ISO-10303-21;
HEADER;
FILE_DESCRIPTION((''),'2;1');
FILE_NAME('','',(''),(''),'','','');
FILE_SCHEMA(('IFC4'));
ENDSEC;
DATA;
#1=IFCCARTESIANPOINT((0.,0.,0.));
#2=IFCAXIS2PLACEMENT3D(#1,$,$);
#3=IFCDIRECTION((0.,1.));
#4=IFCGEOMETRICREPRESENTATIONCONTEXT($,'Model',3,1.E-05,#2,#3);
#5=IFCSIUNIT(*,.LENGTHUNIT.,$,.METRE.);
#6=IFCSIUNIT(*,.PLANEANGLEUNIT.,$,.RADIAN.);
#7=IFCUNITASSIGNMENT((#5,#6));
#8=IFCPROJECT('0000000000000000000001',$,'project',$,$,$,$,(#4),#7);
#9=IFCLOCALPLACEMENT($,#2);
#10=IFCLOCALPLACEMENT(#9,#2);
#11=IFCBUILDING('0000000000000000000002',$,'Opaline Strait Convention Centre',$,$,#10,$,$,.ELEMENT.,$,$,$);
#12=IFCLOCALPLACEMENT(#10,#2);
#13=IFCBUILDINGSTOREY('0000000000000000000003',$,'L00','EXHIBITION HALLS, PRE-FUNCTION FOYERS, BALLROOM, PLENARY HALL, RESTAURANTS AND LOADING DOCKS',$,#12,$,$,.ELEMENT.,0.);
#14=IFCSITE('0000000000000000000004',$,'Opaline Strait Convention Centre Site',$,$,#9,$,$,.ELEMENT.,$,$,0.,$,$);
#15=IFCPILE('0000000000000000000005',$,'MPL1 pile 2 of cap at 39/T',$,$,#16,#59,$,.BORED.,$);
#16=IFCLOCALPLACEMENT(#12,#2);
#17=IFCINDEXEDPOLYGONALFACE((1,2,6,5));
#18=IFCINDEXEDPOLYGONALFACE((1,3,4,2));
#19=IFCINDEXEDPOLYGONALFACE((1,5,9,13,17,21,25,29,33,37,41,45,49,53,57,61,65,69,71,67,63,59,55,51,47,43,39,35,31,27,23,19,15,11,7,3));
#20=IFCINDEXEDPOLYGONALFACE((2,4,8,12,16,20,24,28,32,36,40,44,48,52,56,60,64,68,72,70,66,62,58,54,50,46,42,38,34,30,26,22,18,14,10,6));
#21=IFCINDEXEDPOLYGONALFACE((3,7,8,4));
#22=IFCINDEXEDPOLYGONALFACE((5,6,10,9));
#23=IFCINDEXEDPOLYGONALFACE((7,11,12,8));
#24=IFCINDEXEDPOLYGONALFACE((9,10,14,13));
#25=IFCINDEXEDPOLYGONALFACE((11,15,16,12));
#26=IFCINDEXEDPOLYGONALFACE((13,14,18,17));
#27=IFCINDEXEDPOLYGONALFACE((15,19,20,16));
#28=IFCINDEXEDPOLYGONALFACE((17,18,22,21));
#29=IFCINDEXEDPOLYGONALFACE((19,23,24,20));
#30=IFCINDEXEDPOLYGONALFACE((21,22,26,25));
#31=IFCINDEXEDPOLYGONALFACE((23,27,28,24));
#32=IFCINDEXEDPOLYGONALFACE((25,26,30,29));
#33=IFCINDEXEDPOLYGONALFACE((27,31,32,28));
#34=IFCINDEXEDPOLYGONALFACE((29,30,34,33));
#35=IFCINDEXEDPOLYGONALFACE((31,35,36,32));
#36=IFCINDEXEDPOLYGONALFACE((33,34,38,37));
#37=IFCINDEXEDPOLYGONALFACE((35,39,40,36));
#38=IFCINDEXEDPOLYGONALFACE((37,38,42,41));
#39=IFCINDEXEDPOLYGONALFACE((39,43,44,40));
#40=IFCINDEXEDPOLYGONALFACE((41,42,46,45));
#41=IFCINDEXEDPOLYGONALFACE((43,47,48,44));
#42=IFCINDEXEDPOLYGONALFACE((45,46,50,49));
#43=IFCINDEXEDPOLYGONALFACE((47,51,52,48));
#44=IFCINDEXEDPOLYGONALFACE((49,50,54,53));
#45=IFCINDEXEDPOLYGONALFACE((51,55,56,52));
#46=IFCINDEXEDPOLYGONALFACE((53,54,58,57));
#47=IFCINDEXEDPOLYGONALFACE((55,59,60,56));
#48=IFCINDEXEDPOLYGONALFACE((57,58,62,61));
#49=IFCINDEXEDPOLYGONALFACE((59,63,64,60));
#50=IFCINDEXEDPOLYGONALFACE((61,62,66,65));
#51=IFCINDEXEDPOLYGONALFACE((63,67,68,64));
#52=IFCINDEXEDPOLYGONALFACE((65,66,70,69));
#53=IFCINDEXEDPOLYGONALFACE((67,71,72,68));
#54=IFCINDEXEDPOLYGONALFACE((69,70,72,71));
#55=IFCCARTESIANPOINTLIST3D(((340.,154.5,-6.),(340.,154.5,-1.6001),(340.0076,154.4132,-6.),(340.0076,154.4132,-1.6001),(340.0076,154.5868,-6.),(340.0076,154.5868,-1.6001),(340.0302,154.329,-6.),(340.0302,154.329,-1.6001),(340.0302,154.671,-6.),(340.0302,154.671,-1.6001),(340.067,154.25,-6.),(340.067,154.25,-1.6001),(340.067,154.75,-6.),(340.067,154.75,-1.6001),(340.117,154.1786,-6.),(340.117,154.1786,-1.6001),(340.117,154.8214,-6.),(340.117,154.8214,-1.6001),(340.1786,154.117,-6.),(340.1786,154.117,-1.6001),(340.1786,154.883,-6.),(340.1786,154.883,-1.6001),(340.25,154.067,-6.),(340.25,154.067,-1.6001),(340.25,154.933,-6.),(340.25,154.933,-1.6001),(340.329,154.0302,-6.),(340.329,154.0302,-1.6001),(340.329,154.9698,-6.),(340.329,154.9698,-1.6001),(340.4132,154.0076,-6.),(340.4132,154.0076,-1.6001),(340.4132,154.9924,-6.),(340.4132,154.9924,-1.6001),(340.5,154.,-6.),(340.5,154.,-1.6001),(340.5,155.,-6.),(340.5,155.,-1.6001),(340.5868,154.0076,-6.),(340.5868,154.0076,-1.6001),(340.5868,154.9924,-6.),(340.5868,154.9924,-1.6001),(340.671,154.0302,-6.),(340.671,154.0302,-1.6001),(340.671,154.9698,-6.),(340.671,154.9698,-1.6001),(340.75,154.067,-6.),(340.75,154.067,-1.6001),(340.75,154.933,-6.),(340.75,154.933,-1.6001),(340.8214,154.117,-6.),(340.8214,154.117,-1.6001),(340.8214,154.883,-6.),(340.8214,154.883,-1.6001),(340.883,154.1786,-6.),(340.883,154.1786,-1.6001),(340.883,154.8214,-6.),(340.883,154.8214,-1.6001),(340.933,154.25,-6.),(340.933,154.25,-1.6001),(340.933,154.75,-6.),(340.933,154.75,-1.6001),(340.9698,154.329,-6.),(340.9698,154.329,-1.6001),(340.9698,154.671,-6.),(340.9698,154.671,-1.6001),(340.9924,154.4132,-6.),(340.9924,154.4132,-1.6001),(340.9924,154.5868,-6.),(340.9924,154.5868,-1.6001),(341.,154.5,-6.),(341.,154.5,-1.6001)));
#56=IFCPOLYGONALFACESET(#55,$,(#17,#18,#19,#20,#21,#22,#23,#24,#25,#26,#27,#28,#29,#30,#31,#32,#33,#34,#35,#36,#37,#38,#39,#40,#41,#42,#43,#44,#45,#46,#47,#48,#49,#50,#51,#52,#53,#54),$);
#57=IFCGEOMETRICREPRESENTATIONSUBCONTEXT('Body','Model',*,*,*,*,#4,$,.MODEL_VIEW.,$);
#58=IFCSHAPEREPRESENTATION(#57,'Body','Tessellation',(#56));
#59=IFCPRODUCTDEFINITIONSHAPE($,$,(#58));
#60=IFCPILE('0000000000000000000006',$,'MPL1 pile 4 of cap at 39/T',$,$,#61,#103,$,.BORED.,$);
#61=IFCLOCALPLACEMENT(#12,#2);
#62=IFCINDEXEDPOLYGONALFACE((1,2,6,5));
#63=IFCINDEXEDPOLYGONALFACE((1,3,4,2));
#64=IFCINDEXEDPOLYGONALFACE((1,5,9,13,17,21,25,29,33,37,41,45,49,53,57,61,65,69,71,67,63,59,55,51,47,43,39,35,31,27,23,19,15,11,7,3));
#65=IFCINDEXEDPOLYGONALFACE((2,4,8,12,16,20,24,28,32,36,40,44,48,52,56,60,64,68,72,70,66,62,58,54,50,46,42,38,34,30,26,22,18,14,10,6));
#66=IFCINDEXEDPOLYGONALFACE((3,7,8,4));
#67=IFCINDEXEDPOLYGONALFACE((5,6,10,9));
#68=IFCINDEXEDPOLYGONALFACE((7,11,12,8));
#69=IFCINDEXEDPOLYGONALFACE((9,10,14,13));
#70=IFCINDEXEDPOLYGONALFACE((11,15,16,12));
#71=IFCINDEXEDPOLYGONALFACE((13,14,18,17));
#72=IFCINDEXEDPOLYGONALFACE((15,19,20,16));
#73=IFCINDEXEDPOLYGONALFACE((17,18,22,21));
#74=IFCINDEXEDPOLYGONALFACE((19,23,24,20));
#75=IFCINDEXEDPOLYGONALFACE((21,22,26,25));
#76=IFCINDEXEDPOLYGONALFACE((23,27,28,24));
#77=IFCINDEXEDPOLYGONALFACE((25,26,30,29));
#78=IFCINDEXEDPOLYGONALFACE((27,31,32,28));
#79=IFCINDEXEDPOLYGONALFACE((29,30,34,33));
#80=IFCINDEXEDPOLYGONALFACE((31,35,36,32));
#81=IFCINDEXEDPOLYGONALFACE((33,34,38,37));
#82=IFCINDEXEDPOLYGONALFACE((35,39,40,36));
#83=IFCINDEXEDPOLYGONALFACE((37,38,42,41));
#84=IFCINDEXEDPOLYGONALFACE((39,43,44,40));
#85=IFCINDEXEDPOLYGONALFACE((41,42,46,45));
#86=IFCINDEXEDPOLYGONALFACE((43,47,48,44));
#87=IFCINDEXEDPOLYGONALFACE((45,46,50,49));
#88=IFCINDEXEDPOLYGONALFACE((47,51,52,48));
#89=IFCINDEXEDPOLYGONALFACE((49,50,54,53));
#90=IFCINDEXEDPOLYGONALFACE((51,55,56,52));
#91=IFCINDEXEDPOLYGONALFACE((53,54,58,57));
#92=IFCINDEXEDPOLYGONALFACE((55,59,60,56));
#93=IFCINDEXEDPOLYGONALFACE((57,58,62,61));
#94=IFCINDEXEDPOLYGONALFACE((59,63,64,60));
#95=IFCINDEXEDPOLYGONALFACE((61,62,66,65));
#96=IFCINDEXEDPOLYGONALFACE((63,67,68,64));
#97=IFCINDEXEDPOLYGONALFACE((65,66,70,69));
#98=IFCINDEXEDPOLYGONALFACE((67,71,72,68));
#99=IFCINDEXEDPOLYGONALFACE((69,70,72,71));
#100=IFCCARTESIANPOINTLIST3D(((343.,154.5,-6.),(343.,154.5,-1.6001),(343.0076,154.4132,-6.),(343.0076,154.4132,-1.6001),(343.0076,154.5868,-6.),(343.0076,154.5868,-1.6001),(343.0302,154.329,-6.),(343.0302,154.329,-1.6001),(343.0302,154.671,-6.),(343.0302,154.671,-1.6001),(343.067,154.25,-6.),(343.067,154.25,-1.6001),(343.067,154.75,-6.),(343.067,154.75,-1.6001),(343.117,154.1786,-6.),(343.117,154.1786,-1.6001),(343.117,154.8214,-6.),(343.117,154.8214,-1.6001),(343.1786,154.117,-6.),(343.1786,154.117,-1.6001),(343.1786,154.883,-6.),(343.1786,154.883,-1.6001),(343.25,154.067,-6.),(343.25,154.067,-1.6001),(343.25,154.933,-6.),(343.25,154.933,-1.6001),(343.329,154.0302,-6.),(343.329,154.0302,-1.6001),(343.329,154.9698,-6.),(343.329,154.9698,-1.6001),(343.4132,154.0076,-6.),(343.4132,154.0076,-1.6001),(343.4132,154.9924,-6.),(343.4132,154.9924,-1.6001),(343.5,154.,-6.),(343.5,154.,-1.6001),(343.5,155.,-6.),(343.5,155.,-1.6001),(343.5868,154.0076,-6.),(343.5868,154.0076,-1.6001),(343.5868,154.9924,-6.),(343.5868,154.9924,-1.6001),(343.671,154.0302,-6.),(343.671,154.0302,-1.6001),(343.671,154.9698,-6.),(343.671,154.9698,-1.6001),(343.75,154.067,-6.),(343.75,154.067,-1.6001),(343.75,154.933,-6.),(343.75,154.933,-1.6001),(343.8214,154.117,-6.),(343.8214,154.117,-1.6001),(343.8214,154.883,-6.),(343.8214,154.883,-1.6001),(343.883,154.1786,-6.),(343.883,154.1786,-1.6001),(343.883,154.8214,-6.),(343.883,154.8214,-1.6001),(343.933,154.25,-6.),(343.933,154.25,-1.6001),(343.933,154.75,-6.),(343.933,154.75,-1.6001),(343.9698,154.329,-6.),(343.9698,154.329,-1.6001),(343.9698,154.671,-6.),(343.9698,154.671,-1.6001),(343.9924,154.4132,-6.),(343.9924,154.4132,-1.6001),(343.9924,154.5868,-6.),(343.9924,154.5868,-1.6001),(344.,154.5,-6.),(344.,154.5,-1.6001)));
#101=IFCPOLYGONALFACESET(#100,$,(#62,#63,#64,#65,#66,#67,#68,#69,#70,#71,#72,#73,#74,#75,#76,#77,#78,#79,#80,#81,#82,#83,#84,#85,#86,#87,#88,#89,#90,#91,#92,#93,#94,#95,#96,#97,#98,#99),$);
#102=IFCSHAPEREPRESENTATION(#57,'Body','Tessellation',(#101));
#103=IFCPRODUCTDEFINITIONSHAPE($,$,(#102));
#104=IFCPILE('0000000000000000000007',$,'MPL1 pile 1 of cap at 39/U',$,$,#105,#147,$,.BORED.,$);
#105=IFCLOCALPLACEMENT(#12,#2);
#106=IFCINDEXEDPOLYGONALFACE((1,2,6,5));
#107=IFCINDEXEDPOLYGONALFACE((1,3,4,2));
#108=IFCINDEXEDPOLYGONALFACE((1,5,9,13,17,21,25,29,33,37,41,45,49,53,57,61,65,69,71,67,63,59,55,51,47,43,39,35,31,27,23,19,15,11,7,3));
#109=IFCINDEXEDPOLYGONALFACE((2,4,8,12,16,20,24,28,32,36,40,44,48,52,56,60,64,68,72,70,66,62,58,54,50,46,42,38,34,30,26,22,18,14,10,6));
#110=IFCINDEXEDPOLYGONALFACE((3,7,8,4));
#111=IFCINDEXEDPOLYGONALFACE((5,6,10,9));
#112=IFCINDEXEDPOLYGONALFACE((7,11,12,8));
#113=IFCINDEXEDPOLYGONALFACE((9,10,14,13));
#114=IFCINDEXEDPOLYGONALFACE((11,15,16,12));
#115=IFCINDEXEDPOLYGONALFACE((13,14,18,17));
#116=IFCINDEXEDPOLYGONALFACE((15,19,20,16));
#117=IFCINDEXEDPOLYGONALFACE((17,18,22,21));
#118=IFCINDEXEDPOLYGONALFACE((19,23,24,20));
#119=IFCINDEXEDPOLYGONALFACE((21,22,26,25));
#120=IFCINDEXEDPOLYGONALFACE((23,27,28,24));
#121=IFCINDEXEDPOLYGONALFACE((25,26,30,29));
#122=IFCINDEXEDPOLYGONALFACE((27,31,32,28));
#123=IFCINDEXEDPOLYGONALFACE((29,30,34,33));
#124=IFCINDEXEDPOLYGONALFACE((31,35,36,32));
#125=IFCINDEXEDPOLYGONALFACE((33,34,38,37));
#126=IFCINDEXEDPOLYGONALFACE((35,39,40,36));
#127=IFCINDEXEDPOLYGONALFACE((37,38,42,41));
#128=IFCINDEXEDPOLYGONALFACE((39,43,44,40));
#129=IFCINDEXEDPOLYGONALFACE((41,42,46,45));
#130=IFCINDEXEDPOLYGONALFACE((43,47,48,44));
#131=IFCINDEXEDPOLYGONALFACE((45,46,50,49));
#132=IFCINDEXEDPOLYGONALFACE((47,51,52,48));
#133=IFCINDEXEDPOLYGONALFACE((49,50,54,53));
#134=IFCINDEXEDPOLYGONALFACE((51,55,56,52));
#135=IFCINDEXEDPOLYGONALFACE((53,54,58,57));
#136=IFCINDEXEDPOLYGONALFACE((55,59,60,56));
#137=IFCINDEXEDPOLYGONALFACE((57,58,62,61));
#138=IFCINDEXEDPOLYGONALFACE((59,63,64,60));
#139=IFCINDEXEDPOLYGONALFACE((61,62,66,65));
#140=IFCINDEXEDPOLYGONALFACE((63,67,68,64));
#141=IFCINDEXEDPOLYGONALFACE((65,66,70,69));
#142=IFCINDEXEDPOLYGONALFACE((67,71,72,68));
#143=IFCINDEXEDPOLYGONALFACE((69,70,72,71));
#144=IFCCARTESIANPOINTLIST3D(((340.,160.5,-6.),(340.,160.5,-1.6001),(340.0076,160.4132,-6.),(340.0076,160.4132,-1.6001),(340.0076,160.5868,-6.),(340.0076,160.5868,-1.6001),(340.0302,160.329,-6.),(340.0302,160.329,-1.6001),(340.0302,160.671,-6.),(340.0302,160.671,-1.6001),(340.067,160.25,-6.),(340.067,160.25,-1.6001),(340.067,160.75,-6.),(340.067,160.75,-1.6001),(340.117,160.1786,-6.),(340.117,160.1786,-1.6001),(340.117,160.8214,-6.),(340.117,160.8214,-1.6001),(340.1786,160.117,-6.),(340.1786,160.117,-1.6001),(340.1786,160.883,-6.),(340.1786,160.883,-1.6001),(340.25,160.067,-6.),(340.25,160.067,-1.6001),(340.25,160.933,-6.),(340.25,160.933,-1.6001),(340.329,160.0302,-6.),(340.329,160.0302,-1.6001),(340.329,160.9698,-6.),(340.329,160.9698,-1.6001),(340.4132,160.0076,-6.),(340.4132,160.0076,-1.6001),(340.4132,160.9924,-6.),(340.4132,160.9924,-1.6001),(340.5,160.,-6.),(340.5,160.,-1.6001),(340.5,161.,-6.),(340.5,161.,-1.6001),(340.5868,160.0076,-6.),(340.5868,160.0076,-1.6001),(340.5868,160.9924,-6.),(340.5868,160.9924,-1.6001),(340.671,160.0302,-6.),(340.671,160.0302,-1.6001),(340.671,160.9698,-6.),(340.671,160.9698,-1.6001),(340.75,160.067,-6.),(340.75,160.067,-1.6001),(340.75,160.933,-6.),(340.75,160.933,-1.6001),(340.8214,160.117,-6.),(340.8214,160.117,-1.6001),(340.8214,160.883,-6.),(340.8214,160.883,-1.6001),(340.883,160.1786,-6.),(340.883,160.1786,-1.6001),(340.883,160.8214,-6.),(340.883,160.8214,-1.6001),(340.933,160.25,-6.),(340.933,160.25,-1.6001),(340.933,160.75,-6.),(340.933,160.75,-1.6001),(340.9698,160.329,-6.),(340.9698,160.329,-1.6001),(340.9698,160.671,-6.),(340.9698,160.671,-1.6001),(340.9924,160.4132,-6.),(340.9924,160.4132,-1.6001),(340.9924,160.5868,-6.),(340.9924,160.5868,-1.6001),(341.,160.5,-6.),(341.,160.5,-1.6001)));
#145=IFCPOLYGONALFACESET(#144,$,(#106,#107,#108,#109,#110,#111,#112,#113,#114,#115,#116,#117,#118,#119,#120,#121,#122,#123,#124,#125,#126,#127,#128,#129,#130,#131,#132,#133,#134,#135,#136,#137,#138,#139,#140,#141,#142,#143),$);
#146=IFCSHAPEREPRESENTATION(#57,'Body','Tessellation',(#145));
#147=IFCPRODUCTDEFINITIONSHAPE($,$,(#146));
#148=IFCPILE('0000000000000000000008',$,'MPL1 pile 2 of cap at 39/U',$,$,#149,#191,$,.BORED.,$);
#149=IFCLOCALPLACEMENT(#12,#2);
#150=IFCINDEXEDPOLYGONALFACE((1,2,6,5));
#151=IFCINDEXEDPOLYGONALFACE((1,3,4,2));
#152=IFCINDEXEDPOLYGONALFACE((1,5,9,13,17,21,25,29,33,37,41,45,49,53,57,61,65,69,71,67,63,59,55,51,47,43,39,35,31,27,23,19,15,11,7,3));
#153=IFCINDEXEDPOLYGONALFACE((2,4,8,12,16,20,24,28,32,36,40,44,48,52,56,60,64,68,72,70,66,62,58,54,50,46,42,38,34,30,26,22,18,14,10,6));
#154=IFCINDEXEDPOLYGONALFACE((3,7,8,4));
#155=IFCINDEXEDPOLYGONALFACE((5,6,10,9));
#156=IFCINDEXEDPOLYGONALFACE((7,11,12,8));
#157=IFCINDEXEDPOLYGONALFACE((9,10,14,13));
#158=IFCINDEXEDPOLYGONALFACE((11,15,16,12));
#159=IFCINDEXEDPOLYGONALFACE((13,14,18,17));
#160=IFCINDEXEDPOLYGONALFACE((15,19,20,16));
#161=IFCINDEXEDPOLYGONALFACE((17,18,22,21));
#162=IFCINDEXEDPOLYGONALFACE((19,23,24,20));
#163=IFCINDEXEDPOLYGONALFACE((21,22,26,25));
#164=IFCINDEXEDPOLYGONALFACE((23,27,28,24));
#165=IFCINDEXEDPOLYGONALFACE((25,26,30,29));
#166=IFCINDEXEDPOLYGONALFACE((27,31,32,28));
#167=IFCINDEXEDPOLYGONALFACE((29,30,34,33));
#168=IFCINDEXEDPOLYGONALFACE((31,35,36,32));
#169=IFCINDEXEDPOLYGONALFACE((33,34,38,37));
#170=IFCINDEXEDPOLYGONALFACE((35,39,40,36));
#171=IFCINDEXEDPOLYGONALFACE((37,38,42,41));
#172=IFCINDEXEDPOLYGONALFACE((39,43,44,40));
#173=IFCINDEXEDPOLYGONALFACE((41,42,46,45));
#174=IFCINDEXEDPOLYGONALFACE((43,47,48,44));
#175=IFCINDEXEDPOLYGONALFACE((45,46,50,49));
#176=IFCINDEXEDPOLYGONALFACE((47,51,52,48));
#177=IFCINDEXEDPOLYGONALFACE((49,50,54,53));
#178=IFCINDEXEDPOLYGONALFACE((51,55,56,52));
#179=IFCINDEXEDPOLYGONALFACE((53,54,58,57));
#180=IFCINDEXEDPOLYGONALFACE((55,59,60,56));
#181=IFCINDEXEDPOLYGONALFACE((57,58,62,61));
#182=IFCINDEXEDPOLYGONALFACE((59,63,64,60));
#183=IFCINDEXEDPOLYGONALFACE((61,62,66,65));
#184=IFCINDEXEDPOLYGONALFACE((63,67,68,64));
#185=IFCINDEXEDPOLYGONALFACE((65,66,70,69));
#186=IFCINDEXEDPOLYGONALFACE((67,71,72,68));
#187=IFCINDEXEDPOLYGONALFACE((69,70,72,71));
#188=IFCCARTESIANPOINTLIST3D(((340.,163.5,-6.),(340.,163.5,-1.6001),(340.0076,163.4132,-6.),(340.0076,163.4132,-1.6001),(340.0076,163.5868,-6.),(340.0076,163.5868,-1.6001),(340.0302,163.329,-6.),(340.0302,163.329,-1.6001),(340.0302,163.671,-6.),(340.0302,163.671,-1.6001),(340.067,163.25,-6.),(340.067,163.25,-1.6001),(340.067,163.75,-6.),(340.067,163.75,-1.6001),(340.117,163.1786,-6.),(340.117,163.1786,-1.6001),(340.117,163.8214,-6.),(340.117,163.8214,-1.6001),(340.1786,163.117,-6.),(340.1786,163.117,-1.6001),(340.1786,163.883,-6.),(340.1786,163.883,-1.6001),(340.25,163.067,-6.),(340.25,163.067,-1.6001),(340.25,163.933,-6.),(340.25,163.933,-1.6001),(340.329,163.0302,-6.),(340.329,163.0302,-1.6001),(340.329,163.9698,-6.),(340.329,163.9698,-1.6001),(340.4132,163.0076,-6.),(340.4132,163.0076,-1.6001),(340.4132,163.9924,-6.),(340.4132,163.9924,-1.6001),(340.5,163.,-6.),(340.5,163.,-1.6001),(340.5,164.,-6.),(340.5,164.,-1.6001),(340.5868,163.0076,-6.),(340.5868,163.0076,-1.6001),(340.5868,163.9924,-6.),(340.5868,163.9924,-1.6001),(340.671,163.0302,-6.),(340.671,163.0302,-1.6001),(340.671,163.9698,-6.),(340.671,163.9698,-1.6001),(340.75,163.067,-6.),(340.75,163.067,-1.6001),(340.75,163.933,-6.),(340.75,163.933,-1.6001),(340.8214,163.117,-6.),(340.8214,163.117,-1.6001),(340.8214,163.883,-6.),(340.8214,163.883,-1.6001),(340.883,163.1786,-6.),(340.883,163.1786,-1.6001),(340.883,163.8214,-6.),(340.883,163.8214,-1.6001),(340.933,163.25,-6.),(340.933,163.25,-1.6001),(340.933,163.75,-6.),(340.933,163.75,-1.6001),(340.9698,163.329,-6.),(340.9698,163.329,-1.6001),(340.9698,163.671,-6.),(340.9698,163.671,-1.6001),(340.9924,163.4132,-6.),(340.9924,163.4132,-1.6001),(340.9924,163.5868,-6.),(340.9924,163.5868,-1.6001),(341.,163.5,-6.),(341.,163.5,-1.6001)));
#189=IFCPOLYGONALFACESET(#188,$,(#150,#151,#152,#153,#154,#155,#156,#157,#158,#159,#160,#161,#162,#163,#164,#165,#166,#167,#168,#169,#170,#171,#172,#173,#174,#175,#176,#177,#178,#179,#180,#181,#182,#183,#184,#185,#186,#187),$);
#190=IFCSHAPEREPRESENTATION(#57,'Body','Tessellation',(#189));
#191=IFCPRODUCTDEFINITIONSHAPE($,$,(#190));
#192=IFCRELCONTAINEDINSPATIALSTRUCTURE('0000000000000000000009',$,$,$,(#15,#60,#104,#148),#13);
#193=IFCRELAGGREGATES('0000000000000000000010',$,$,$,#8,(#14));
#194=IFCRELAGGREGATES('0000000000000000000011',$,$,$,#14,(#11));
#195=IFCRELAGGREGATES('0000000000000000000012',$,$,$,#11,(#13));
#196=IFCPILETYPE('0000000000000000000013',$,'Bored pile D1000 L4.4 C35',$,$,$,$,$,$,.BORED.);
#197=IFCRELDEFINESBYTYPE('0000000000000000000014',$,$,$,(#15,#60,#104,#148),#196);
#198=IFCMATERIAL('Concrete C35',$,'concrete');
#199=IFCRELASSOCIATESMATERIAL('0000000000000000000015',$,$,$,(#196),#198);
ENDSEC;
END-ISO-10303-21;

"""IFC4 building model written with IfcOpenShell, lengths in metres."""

from ifc_helpers import new_model, si_unit, direction, frame, origin, origin_2d, place, context, subcontext, project, spatial, circle, extrude, material, material_profile, profile_set, type_object, element, save


model = new_model("IFC4")

# Units and contexts
model_context = context("Model", 3, precision=1e-05, world=origin(), true_north=direction((0.0, 1.0)))
body_context = subcontext(model_context, "Body", "Model", "MODEL_VIEW")
ifc_project = project(units=[si_unit("LENGTHUNIT", "METRE"), si_unit("PLANEANGLEUNIT", "RADIAN")], contexts=[model_context])

# Site, building, storey
site_placement = place(None, origin())
site = spatial("IfcSite", under=ifc_project, at=site_placement, Name="Opaline Strait Convention Centre Site", CompositionType="ELEMENT", RefElevation=0.0)
building_placement = place(site_placement, origin())
building = spatial("IfcBuilding", under=site, at=building_placement, Name="Opaline Strait Convention Centre", CompositionType="ELEMENT")
storey_placement = place(building_placement, origin())
storey = spatial("IfcBuildingStorey", under=building, at=storey_placement, Name="L00", Description="EXHIBITION HALLS, PRE-FUNCTION FOYERS, BALLROOM, PLENARY HALL, RESTAURANTS AND LOADING DOCKS", CompositionType="ELEMENT", Elevation=0.0)

# Piles
ifc_material_1 = material(Name="Concrete C35", Category="concrete")
ifc_material_profile_1 = material_profile(ifc_material_1, circle(Radius=0.5, at=origin_2d()), Name="D1000")
ifc_profile_set_1 = profile_set([ifc_material_profile_1], Name="Concrete C35")
pile_type = type_object("IfcPileType", Name="Bored pile D1000 L4.4 C35", PredefinedType="BORED", material=ifc_profile_set_1)
for number, where, z_axis, x_axis, name in (
    (1, (340.5, 154.5, -1.6001), (0.0, 0.0, -1.0), (1.0, 0.0, 0.0), "MPL1 pile 2 of cap at 39/T"),
    (2, (343.5, 154.5, -1.6001), (0.0, 0.0, -1.0), (1.0, 0.0, 0.0), "MPL1 pile 4 of cap at 39/T"),
    (3, (340.5, 160.5, -1.6001), (0.0, 0.0, -1.0), (1.0, 0.0, 0.0), "MPL1 pile 1 of cap at 39/U"),
    (4, (340.5, 163.5, -1.6001), (0.0, 0.0, -1.0), (1.0, 0.0, 0.0), "MPL1 pile 2 of cap at 39/U"),
):
    element("IfcPile", number, at=place(storey_placement, frame(where, z_axis=z_axis, x_axis=x_axis)), inside=storey, type_object=pile_type, Name=name, PredefinedType="BORED", context=body_context, shape_type="SweptSolid", body=[
        extrude(circle(Radius=0.5, at=origin_2d()), origin(), (0.0, 0.0, 1.0), 4.3999),
    ])

save(model, "model.ifc")
